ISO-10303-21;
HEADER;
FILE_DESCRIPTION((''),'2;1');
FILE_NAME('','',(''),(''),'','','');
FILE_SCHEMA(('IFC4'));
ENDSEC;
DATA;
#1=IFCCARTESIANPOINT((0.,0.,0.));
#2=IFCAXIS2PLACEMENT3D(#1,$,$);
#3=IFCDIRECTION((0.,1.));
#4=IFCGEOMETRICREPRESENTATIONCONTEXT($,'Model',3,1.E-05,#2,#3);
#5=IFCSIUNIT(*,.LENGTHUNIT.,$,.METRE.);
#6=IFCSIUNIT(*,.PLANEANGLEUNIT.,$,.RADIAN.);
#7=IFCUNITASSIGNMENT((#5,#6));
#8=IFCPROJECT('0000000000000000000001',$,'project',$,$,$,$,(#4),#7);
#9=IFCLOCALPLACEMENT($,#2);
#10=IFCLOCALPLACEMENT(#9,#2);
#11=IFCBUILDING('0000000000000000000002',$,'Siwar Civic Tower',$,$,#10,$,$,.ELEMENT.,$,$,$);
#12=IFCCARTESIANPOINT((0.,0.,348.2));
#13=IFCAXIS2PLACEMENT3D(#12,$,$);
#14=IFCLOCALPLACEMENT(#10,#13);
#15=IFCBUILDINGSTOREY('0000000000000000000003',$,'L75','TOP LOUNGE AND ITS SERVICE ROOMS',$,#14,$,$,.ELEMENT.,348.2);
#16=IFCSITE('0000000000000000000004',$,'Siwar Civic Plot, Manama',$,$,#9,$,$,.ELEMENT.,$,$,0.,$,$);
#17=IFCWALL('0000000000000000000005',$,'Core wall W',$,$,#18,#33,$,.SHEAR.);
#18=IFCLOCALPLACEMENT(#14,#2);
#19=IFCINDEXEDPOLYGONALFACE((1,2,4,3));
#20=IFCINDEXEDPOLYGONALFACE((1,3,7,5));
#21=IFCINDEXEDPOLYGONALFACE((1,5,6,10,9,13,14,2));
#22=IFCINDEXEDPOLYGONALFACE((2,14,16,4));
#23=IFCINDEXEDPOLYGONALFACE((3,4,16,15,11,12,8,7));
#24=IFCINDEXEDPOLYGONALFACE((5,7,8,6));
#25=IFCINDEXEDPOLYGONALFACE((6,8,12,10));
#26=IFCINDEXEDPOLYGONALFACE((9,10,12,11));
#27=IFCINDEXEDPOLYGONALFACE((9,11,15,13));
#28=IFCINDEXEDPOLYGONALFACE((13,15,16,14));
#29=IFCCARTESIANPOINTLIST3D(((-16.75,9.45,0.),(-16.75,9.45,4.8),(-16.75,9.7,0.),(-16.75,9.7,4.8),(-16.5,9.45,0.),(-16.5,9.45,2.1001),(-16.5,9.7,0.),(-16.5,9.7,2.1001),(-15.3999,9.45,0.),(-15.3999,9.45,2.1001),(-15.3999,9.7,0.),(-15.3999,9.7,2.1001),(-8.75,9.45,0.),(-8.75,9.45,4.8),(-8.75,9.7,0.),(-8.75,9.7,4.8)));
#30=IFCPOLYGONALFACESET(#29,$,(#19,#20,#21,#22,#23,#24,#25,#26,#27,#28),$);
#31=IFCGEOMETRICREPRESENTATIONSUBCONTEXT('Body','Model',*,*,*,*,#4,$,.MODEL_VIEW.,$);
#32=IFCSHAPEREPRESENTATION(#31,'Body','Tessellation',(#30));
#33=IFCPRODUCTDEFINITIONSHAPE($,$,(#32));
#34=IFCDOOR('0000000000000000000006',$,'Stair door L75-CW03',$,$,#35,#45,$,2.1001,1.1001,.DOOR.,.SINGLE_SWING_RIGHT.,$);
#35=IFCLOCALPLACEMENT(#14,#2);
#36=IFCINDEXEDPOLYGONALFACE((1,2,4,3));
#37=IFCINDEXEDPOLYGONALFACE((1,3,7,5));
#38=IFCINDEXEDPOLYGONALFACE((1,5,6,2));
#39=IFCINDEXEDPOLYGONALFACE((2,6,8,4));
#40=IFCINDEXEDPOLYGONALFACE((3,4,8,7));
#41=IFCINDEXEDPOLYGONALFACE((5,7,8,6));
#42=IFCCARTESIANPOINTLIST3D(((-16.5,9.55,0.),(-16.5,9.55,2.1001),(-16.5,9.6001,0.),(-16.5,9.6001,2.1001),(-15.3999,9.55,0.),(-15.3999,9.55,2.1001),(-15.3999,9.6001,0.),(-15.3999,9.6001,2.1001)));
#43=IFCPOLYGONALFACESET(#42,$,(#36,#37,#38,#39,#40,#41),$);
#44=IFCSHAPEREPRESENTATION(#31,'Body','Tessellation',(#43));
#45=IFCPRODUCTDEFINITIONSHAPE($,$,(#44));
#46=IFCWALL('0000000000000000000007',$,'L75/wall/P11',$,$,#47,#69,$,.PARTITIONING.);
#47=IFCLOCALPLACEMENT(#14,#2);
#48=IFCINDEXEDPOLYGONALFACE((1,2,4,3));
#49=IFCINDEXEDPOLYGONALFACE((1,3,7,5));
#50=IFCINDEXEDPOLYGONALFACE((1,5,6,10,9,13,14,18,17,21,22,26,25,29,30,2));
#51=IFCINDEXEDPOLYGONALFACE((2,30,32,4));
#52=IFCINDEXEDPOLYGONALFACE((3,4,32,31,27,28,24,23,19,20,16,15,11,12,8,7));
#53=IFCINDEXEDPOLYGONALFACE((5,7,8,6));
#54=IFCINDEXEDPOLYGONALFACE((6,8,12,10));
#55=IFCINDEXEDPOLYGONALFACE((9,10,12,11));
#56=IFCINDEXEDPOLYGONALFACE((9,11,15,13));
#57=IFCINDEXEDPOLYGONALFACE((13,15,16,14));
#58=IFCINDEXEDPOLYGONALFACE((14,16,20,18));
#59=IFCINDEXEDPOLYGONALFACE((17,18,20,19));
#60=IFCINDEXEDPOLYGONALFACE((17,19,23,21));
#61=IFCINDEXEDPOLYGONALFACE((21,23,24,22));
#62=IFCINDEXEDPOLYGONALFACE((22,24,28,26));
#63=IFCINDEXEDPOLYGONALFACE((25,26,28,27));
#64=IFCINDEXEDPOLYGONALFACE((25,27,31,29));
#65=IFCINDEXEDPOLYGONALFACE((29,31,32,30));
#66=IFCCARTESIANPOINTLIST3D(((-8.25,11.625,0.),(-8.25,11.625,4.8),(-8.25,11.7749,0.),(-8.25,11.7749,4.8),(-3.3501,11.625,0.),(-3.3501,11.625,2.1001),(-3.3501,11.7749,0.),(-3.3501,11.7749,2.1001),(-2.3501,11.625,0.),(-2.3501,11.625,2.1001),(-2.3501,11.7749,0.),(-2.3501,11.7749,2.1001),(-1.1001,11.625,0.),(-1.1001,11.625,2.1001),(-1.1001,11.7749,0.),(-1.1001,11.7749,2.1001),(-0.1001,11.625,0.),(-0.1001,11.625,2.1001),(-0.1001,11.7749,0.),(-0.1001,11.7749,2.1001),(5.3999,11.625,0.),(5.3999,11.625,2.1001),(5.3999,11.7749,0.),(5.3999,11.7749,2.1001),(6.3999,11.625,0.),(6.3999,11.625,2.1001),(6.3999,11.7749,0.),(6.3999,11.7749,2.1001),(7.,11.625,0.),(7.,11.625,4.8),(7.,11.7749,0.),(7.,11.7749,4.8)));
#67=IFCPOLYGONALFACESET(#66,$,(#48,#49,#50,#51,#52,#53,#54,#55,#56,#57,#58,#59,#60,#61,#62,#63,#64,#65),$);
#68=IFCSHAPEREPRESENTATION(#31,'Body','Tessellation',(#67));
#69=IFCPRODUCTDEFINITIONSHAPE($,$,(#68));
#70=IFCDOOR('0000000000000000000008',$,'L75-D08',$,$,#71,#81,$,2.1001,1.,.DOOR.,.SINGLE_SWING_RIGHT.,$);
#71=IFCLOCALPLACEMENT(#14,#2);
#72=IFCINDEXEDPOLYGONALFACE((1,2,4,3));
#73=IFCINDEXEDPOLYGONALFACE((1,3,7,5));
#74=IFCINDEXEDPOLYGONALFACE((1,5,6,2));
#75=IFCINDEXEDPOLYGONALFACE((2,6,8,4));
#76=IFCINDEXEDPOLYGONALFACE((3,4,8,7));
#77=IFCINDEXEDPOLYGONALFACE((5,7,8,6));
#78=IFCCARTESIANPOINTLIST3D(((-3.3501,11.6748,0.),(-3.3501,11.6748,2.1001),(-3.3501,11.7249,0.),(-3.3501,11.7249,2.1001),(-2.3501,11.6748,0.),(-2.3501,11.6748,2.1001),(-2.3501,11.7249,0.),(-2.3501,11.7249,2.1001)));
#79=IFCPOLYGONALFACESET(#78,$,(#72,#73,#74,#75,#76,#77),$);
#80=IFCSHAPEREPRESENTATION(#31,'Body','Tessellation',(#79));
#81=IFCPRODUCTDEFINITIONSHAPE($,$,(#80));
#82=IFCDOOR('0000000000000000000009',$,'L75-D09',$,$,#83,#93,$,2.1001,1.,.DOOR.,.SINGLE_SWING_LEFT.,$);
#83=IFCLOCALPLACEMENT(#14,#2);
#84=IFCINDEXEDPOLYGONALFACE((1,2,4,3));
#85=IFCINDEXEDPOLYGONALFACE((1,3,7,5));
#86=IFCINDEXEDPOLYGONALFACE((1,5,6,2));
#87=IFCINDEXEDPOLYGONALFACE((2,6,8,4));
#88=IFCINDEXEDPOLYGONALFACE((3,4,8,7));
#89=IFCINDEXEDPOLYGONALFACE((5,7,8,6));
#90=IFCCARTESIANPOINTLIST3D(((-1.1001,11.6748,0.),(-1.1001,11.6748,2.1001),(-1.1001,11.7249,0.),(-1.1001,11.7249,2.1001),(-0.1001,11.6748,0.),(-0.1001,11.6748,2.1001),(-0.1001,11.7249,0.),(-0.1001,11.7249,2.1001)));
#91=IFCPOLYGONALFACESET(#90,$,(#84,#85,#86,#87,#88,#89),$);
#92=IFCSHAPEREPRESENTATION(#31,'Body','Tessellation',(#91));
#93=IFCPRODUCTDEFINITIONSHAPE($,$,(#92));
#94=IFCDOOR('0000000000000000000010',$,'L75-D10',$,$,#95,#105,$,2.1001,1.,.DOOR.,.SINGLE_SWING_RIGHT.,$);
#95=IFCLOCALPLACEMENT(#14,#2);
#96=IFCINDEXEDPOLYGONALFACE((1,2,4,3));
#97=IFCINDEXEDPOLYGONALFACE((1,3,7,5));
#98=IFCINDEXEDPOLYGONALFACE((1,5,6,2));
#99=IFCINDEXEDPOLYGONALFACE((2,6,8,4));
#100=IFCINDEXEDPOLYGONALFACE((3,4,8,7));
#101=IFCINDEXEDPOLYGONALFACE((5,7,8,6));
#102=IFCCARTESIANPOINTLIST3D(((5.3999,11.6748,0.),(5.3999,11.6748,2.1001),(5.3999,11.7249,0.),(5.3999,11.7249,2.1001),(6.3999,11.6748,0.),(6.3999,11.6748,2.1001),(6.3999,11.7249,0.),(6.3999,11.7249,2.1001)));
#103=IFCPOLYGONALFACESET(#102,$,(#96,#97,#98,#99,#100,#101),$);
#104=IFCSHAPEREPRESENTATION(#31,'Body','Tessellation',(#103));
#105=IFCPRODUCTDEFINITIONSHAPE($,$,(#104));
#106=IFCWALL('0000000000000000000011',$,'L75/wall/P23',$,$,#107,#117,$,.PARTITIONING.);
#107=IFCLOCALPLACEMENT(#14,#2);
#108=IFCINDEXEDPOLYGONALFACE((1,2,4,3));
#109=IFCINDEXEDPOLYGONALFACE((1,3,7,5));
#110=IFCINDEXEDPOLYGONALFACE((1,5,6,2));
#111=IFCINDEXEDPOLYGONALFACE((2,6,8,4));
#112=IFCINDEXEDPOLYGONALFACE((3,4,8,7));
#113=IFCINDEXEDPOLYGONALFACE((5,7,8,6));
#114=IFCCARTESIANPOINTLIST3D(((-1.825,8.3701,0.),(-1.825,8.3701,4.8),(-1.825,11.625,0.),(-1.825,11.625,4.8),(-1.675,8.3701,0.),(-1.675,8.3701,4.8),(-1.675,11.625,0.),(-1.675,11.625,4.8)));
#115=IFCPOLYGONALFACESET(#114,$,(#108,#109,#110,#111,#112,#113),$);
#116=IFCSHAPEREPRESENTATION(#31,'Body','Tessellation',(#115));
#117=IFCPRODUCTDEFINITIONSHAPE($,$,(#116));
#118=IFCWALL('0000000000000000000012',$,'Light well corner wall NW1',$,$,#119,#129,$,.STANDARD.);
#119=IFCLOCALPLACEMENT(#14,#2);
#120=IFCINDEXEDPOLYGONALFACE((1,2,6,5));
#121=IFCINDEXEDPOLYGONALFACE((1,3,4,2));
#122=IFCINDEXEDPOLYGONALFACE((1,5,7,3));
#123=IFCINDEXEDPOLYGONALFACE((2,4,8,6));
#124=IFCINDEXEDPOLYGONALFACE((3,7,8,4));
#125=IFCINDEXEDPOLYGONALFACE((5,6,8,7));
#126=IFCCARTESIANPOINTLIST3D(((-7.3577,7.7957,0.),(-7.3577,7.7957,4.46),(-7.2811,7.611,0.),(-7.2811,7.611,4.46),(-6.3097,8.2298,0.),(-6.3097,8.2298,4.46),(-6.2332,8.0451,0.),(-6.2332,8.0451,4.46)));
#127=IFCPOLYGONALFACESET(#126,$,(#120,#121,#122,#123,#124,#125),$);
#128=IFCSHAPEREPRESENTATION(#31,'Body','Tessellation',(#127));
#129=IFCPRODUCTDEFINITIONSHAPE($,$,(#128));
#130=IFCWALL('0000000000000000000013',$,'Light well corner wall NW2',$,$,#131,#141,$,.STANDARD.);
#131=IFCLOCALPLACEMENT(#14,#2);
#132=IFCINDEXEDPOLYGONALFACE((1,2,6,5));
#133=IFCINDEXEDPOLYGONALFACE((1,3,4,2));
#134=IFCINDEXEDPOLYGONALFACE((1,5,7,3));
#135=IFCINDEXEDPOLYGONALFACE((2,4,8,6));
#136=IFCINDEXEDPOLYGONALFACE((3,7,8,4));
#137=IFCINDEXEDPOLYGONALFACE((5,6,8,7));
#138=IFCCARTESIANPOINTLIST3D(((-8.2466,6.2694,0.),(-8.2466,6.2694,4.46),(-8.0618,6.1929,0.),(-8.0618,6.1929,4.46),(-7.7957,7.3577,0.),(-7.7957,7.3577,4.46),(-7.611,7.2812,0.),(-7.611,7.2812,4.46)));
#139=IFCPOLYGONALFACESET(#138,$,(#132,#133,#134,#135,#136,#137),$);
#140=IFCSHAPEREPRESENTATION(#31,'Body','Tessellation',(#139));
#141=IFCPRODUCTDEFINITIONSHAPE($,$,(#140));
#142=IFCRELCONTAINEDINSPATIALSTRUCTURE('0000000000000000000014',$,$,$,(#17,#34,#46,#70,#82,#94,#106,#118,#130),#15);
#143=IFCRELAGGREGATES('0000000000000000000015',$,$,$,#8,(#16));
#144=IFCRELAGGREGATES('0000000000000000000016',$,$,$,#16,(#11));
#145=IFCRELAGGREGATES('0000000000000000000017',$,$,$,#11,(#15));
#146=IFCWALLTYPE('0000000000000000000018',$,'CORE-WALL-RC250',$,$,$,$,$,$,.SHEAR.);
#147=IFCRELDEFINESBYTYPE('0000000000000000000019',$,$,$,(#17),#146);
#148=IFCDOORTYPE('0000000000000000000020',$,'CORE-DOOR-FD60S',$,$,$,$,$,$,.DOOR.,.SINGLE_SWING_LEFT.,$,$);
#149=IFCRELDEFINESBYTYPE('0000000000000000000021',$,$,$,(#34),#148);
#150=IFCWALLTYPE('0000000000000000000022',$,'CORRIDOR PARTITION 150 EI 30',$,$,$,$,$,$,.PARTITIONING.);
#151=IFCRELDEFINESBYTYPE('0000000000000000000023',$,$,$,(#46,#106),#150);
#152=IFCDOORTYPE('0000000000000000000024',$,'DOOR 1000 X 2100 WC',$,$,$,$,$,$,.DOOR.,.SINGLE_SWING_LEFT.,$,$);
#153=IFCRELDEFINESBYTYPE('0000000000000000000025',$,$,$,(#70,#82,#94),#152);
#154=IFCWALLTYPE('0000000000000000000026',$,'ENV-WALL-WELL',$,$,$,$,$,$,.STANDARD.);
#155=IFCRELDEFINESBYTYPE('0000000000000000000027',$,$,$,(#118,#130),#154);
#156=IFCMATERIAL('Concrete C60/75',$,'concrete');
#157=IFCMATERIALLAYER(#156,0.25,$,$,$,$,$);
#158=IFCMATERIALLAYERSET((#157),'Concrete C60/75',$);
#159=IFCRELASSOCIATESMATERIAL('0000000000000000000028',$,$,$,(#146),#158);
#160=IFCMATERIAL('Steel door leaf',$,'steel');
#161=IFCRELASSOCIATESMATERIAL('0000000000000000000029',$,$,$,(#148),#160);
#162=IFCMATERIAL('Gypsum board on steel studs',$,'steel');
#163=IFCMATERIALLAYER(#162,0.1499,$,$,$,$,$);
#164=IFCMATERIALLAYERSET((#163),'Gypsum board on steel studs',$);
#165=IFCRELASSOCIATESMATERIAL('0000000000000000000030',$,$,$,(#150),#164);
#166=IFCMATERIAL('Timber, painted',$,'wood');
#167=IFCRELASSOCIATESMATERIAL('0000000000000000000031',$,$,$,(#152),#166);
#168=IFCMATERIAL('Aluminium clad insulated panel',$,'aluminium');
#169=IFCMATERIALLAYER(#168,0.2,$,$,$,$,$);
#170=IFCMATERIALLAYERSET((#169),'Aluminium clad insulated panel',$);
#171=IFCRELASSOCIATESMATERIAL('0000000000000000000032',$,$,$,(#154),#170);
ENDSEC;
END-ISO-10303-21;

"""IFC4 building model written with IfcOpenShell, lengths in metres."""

from ifc_helpers import new_model, si_unit, direction, frame, frame_2d, origin, place, context, subcontext, project, spatial, rectangle, extrude, material, layer, layer_set, type_object, element, fill, save


model = new_model("IFC4")

# Units and contexts
model_context = context("Model", 3, precision=1e-05, world=origin(), true_north=direction((0.0, 1.0)))
body_context = subcontext(model_context, "Body", "Model", "MODEL_VIEW")
ifc_project = project(units=[si_unit("LENGTHUNIT", "METRE"), si_unit("PLANEANGLEUNIT", "RADIAN")], contexts=[model_context])

# Site, building, storey
site_placement = place(None, origin())
site = spatial("IfcSite", under=ifc_project, at=site_placement, Name="Siwar Civic Plot, Manama", CompositionType="ELEMENT", RefElevation=0.0)
building_placement = place(site_placement, origin())
building = spatial("IfcBuilding", under=site, at=building_placement, Name="Siwar Civic Tower", CompositionType="ELEMENT")
storey_placement = place(building_placement, frame((0.0, 0.0, 348.2)))
storey = spatial("IfcBuildingStorey", under=building, at=storey_placement, Name="L75", Description="TOP LOUNGE AND ITS SERVICE ROOMS", CompositionType="ELEMENT", Elevation=348.2)

# Shared definitions
ifc_material_1 = material(Name="Concrete C60/75", Category="concrete")
ifc_layer_1 = layer(ifc_material_1, 0.25)
ifc_layer_set_1 = layer_set([ifc_layer_1], Name="Concrete C60/75")
wall_type_1 = type_object("IfcWallType", Name="CORE-WALL-RC250", PredefinedType="SHEAR", material=ifc_layer_set_1)

# Wall, opening, door
wall_1_placement = place(storey_placement, frame((-8.75, 9.575, 0.0), z_axis=(0.0, 0.0, 1.0), x_axis=(-1.0, 0.0, 0.0)))
wall_1 = element("IfcWall", 1, at=wall_1_placement, inside=storey, type_object=wall_type_1, Name="Core wall W", PredefinedType="SHEAR", context=body_context, shape_type="SweptSolid", body=[
    extrude(rectangle(XDim=8.0, YDim=0.25, at=frame_2d((4.0, 0.0))), origin(), (0.0, 0.0, 1.0), 4.8),
])
opening_1_placement = place(wall_1_placement, frame((6.6499, 0.0, 0.0)))
opening_1 = element("IfcOpeningElement", 2, at=opening_1_placement, cuts=wall_1, PredefinedType="OPENING", context=body_context, shape_type="SweptSolid", body=[
    extrude(rectangle(XDim=1.1001, YDim=2.1001, at=frame_2d((0.55, 1.05))), frame((0.0, 0.135, 0.0), z_axis=(0.0, -1.0, 0.0), x_axis=(1.0, 0.0, 0.0)), (0.0, 0.0, 1.0), 0.27),
])
ifc_material_2 = material(Name="Steel door leaf", Category="steel")
door_type_1 = type_object("IfcDoorType", Name="CORE-DOOR-FD60S", OperationType="SINGLE_SWING_LEFT", PredefinedType="DOOR", material=ifc_material_2)
door_1_placement = place(opening_1_placement, origin())
door_1 = element("IfcDoor", 3, at=door_1_placement, inside=storey, type_object=door_type_1, Name="Stair door L75-CW03", OperationType="SINGLE_SWING_RIGHT", OverallHeight=2.1001, OverallWidth=1.1001, PredefinedType="DOOR", context=body_context, shape_type="SweptSolid", body=[
    extrude(rectangle(XDim=1.1001, YDim=2.1001, at=frame_2d((0.55, 1.05))), frame((0.0, 0.0249, 0.0), z_axis=(0.0, -1.0, 0.0), x_axis=(1.0, 0.0, 0.0)), (0.0, 0.0, 1.0), 0.05),
])
fill(opening_1, door_1)

# Wall, openings, doors
ifc_material_3 = material(Name="Gypsum board on steel studs", Category="steel")
ifc_layer_2 = layer(ifc_material_3, 0.1499)
ifc_layer_set_2 = layer_set([ifc_layer_2], Name="Gypsum board on steel studs")
wall_type_2 = type_object("IfcWallType", Name="CORRIDOR PARTITION 150 EI 30", PredefinedType="PARTITIONING", material=ifc_layer_set_2)
wall_2_placement = place(storey_placement, frame((-8.25, 11.7, 0.0), z_axis=(0.0, 0.0, 1.0), x_axis=(1.0, 0.0, 0.0)))
wall_2 = element("IfcWall", 4, at=wall_2_placement, inside=storey, type_object=wall_type_2, Name="L75/wall/P11", PredefinedType="PARTITIONING", context=body_context, shape_type="SweptSolid", body=[
    extrude(rectangle(XDim=15.25, YDim=0.1499, at=frame_2d((7.625, 0.0))), origin(), (0.0, 0.0, 1.0), 4.8),
])
opening_2_placement = place(wall_2_placement, frame((4.8999, 0.0, 0.0)))
opening_2 = element("IfcOpeningElement", 5, at=opening_2_placement, cuts=wall_2, PredefinedType="OPENING", context=body_context, shape_type="SweptSolid", body=[
    extrude(rectangle(XDim=1.0, YDim=2.1001, at=frame_2d((0.5, 1.05))), frame((0.0, 0.085, 0.0), z_axis=(0.0, -1.0, 0.0), x_axis=(1.0, 0.0, 0.0)), (0.0, 0.0, 1.0), 0.1699),
])
opening_3_placement = place(wall_2_placement, frame((7.1499, 0.0, 0.0)))
opening_3 = element("IfcOpeningElement", 6, at=opening_3_placement, cuts=wall_2, PredefinedType="OPENING", context=body_context, shape_type="SweptSolid", body=[
    extrude(rectangle(XDim=1.0, YDim=2.1001, at=frame_2d((0.5, 1.05))), frame((0.0, 0.085, 0.0), z_axis=(0.0, -1.0, 0.0), x_axis=(1.0, 0.0, 0.0)), (0.0, 0.0, 1.0), 0.1699),
])
opening_4_placement = place(wall_2_placement, frame((13.6499, 0.0, 0.0)))
opening_4 = element("IfcOpeningElement", 7, at=opening_4_placement, cuts=wall_2, PredefinedType="OPENING", context=body_context, shape_type="SweptSolid", body=[
    extrude(rectangle(XDim=1.0, YDim=2.1001, at=frame_2d((0.5, 1.05))), frame((0.0, 0.085, 0.0), z_axis=(0.0, -1.0, 0.0), x_axis=(1.0, 0.0, 0.0)), (0.0, 0.0, 1.0), 0.1699),
])
ifc_material_4 = material(Name="Timber, painted", Category="wood")
door_type_2 = type_object("IfcDoorType", Name="DOOR 1000 X 2100 WC", OperationType="SINGLE_SWING_LEFT", PredefinedType="DOOR", material=ifc_material_4)
door_2_placement = place(opening_2_placement, origin())
door_2 = element("IfcDoor", 8, at=door_2_placement, inside=storey, type_object=door_type_2, Name="L75-D08", OperationType="SINGLE_SWING_RIGHT", OverallHeight=2.1001, OverallWidth=1.0, PredefinedType="DOOR", context=body_context, shape_type="SweptSolid", body=[
    extrude(rectangle(XDim=1.0, YDim=2.1001, at=frame_2d((0.5, 1.05))), frame((0.0, 0.0249, 0.0), z_axis=(0.0, -1.0, 0.0), x_axis=(1.0, 0.0, 0.0)), (0.0, 0.0, 1.0), 0.05),
])
fill(opening_2, door_2)
door_3_placement = place(opening_3_placement, origin())
door_3 = element("IfcDoor", 9, at=door_3_placement, inside=storey, type_object=door_type_2, Name="L75-D09", OperationType="SINGLE_SWING_LEFT", OverallHeight=2.1001, OverallWidth=1.0, PredefinedType="DOOR", context=body_context, shape_type="SweptSolid", body=[
    extrude(rectangle(XDim=1.0, YDim=2.1001, at=frame_2d((0.5, 1.05))), frame((0.0, 0.0249, 0.0), z_axis=(0.0, -1.0, 0.0), x_axis=(1.0, 0.0, 0.0)), (0.0, 0.0, 1.0), 0.05),
])
fill(opening_3, door_3)
door_4_placement = place(opening_4_placement, origin())
door_4 = element("IfcDoor", 10, at=door_4_placement, inside=storey, type_object=door_type_2, Name="L75-D10", OperationType="SINGLE_SWING_RIGHT", OverallHeight=2.1001, OverallWidth=1.0, PredefinedType="DOOR", context=body_context, shape_type="SweptSolid", body=[
    extrude(rectangle(XDim=1.0, YDim=2.1001, at=frame_2d((0.5, 1.05))), frame((0.0, 0.0249, 0.0), z_axis=(0.0, -1.0, 0.0), x_axis=(1.0, 0.0, 0.0)), (0.0, 0.0, 1.0), 0.05),
])
fill(opening_4, door_4)

# Walls
wall_3_placement = place(storey_placement, frame((-1.75, 8.3701, 0.0), z_axis=(0.0, 0.0, 1.0), x_axis=(0.0, 1.0, 0.0)))
element("IfcWall", 11, at=wall_3_placement, inside=storey, type_object=wall_type_2, Name="L75/wall/P23", PredefinedType="PARTITIONING", context=body_context, shape_type="SweptSolid", body=[
    extrude(rectangle(XDim=3.2549, YDim=0.1499, at=frame_2d((1.6274, 0.0))), origin(), (0.0, 0.0, 1.0), 4.8),
])
ifc_material_5 = material(Name="Aluminium clad insulated panel", Category="aluminium")
ifc_layer_3 = layer(ifc_material_5, 0.2)
ifc_layer_set_3 = layer_set([ifc_layer_3], Name="Aluminium clad insulated panel")
wall_type_3 = type_object("IfcWallType", Name="ENV-WALL-WELL", PredefinedType="STANDARD", material=ifc_layer_set_3)
wall_4_placement = place(storey_placement, frame((-6.2715, 8.1375, 0.0), z_axis=(0.0, 0.0, 1.0), x_axis=(-0.923865, -0.382719, 0.0)))
element("IfcWall", 12, at=wall_4_placement, inside=storey, type_object=wall_type_3, Name="Light well corner wall NW1", PredefinedType="STANDARD", context=body_context, shape_type="SweptSolid", body=[
    extrude(rectangle(XDim=1.1343, YDim=0.2, at=frame_2d((0.5671, 0.0))), origin(), (0.0, 0.0, 1.0), 4.46),
])
wall_5_placement = place(storey_placement, frame((-7.7034, 7.3193, 0.0), z_axis=(0.0, 0.0, 1.0), x_axis=(-0.382761, -0.923848, 0.0)))
element("IfcWall", 13, at=wall_5_placement, inside=storey, type_object=wall_type_3, Name="Light well corner wall NW2", PredefinedType="STANDARD", context=body_context, shape_type="SweptSolid", body=[
    extrude(rectangle(XDim=1.178, YDim=0.2, at=frame_2d((0.5889, 0.0))), origin(), (0.0, 0.0, 1.0), 4.46),
])

save(model, "model.ifc")
